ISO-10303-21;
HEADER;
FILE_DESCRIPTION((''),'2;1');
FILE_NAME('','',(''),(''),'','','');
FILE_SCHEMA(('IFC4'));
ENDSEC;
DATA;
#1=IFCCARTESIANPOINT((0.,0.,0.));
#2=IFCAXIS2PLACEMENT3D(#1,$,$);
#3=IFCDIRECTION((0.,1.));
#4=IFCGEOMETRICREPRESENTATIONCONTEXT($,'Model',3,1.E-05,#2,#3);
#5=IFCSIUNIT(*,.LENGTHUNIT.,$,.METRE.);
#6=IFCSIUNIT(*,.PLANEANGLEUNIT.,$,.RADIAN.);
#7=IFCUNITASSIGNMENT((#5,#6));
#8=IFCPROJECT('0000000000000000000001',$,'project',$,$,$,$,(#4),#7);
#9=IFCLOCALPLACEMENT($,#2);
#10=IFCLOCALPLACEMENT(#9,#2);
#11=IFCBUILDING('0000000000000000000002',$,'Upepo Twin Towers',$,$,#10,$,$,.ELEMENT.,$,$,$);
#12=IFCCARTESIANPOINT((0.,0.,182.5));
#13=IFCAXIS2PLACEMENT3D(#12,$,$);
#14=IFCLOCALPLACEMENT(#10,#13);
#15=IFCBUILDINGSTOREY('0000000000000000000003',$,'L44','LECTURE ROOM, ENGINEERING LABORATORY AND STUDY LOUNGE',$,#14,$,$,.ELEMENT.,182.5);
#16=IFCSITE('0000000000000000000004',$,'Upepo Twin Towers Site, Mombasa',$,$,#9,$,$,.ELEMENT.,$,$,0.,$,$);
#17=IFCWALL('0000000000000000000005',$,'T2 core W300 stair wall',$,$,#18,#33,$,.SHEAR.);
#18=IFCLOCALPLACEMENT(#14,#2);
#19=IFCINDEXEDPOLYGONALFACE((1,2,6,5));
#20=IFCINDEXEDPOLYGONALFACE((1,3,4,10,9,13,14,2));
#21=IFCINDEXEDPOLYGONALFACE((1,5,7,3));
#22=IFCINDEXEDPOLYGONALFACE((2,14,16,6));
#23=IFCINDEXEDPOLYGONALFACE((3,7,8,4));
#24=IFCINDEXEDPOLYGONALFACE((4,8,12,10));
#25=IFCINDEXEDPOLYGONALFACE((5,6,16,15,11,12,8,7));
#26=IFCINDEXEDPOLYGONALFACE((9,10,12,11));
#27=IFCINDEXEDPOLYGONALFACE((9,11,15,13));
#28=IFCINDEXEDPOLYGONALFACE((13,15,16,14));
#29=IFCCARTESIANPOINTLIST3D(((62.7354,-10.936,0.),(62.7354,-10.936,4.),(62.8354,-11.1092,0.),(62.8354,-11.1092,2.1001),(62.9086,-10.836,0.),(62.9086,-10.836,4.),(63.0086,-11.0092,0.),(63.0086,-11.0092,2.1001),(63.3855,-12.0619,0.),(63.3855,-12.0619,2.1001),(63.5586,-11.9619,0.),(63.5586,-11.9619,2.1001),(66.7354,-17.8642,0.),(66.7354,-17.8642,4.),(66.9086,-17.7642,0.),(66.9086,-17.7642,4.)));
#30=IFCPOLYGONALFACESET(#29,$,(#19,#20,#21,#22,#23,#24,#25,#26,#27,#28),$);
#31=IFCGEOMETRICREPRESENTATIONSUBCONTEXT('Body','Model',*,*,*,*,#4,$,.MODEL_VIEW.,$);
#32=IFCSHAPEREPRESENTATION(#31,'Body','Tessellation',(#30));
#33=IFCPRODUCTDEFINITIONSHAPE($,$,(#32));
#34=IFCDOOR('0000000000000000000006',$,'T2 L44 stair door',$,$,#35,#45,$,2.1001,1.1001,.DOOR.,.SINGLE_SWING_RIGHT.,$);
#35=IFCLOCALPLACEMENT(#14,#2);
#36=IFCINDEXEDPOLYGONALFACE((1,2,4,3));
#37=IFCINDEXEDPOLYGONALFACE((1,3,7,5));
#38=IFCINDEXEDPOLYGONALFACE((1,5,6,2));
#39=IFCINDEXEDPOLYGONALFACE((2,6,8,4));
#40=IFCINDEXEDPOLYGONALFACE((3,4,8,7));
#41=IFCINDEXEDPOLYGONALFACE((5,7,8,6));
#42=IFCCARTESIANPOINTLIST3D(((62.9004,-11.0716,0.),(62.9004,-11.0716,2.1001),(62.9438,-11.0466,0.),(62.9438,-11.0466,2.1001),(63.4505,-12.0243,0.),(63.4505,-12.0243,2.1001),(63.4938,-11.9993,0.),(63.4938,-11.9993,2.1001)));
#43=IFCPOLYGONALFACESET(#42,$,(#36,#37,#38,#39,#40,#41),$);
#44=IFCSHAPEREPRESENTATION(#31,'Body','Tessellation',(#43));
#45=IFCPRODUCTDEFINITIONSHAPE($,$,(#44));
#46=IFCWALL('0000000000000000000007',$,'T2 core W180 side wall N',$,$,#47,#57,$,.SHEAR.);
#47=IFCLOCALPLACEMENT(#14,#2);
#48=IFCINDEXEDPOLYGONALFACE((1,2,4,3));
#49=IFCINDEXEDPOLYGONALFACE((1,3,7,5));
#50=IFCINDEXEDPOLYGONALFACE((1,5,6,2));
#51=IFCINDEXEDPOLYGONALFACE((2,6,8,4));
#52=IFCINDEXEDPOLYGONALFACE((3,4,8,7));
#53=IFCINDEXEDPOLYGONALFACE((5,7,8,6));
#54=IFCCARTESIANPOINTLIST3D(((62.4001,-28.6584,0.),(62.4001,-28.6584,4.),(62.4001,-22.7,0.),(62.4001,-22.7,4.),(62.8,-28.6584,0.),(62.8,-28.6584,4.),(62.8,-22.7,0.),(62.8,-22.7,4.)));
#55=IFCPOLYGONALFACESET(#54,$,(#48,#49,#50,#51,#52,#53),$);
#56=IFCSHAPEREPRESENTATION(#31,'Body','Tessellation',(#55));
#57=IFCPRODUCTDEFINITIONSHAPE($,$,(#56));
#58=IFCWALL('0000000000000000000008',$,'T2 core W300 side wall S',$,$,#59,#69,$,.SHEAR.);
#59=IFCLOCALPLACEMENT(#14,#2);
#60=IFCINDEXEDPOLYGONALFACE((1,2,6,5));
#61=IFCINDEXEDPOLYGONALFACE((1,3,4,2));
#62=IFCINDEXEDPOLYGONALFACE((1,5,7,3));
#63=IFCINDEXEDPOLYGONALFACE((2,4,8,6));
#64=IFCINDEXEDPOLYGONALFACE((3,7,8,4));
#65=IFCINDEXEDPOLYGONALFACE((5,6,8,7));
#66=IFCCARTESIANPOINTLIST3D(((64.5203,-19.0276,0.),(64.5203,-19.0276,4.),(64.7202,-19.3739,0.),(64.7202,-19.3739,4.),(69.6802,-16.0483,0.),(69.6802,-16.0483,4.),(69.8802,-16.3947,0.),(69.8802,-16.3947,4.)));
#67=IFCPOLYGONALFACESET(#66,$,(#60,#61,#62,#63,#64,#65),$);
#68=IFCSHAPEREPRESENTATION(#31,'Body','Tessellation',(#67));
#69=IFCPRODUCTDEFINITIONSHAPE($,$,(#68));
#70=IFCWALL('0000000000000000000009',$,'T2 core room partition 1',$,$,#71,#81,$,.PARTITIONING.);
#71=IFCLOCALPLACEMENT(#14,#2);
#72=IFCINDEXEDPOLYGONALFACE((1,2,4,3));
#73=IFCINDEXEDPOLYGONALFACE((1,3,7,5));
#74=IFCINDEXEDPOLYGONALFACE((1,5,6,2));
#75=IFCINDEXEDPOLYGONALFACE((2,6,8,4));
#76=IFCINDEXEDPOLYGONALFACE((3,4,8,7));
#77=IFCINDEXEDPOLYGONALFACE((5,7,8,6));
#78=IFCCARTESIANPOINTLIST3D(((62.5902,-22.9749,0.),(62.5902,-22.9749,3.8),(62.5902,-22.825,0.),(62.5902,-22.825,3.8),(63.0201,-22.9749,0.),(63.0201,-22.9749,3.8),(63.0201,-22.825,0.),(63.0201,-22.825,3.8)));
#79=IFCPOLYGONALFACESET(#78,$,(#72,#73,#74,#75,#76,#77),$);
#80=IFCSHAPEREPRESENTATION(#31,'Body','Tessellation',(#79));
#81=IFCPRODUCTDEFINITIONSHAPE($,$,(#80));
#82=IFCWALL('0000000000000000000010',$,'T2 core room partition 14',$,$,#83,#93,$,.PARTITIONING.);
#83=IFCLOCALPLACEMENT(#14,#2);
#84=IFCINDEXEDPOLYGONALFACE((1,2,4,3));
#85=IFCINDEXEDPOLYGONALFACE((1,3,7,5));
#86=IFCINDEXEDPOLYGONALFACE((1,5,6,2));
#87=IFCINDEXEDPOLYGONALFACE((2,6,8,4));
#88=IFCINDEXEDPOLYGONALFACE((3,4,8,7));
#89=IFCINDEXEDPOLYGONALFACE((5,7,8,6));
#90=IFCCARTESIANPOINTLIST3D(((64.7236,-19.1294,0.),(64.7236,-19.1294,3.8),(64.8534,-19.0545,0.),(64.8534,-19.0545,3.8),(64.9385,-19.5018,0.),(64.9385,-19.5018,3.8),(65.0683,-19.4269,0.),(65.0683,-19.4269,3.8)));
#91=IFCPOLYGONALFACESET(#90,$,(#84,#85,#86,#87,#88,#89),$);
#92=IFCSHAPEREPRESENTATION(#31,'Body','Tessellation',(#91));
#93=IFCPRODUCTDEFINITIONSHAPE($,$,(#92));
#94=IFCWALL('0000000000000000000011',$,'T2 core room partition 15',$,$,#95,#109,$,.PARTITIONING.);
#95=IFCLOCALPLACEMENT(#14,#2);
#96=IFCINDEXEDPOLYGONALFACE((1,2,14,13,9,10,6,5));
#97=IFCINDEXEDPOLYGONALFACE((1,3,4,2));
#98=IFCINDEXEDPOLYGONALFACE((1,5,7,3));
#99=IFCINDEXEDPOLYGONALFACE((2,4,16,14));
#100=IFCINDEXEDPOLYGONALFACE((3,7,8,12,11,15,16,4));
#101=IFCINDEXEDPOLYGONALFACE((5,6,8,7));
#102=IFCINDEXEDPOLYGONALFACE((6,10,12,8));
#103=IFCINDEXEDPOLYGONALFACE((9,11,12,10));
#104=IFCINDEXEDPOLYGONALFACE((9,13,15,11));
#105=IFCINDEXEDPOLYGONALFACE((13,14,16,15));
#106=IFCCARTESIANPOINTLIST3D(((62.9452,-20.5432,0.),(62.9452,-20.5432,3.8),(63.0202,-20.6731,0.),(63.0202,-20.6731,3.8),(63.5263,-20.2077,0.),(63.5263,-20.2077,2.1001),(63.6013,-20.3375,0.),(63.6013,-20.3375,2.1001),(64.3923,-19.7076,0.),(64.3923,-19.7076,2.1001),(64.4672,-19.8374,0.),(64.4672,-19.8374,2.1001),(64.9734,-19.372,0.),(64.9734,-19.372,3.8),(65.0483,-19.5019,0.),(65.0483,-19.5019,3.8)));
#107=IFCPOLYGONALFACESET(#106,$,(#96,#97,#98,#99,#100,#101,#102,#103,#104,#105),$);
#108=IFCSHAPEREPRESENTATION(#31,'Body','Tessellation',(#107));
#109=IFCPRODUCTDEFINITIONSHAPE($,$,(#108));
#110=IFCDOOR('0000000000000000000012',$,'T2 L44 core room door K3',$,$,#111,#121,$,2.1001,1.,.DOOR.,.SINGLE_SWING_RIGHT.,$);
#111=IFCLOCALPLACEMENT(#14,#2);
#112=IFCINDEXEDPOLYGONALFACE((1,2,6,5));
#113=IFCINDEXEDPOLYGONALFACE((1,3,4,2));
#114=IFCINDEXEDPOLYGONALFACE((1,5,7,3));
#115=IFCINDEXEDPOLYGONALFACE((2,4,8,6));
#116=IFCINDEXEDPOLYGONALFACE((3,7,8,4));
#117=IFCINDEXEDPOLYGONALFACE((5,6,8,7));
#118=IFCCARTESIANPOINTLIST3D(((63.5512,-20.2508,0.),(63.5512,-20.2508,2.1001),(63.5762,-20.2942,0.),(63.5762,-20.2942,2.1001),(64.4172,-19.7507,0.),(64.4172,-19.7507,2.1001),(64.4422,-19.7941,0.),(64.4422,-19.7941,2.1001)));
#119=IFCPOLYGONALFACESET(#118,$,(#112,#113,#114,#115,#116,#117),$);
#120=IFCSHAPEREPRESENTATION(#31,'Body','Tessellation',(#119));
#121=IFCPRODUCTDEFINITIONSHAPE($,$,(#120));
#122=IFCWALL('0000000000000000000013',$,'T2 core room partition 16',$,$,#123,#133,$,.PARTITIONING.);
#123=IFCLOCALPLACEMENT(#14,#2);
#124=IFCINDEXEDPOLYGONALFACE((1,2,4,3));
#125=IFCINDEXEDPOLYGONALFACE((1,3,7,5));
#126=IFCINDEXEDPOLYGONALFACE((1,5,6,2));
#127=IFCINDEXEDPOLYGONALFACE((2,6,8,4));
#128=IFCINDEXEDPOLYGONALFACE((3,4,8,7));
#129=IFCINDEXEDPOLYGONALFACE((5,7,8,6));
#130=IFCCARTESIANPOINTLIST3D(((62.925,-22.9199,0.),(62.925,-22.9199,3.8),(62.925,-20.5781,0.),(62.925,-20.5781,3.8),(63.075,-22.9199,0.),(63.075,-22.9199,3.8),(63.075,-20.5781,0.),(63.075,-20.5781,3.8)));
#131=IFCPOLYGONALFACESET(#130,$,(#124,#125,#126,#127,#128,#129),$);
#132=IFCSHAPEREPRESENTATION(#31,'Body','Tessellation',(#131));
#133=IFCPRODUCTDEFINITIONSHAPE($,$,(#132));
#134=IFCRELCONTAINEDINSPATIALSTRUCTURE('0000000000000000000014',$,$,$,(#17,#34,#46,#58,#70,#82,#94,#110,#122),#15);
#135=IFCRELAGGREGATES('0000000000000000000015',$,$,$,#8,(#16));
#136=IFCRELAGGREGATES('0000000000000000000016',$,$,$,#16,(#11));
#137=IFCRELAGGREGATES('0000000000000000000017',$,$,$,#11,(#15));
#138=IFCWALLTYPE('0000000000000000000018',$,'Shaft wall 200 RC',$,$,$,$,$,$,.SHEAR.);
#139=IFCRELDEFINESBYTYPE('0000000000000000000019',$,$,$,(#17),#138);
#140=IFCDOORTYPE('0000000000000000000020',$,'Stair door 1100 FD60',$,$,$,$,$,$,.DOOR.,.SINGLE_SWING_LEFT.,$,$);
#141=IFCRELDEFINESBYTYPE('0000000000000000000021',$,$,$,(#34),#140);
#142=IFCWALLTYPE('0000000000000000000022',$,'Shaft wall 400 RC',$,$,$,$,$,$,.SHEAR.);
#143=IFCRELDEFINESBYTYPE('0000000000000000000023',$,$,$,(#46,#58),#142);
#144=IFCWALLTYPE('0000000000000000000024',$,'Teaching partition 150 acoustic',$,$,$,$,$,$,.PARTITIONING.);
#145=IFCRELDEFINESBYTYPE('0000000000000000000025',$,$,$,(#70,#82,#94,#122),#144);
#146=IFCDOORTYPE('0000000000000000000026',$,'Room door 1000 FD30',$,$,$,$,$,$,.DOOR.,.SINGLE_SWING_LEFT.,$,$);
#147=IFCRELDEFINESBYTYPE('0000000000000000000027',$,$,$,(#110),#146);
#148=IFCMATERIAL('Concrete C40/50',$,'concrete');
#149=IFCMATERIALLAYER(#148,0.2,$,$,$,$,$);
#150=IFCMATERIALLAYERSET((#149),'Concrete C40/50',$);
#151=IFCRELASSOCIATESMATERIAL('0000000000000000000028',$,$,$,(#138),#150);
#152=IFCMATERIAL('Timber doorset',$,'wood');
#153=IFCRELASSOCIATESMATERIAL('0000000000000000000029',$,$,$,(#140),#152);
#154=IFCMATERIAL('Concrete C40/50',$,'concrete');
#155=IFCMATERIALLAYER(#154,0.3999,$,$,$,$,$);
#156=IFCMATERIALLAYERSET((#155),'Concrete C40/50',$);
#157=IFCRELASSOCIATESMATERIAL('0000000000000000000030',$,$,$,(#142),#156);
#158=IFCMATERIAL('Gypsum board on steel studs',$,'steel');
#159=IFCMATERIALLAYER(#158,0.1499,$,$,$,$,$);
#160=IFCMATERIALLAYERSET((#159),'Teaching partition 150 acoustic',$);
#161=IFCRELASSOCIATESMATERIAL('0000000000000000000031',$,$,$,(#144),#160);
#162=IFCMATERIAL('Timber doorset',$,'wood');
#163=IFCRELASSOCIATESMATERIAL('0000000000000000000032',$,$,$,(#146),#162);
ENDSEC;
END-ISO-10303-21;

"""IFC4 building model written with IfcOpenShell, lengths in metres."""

from ifc_helpers import new_model, si_unit, direction, frame, frame_2d, origin, place, context, subcontext, project, spatial, rectangle, extrude, material, layer, layer_set, type_object, element, fill, save


model = new_model("IFC4")

# Units and contexts
model_context = context("Model", 3, precision=1e-05, world=origin(), true_north=direction((0.0, 1.0)))
body_context = subcontext(model_context, "Body", "Model", "MODEL_VIEW")
ifc_project = project(units=[si_unit("LENGTHUNIT", "METRE"), si_unit("PLANEANGLEUNIT", "RADIAN")], contexts=[model_context])

# Site, building, storey
site_placement = place(None, origin())
site = spatial("IfcSite", under=ifc_project, at=site_placement, Name="Upepo Twin Towers Site, Mombasa", CompositionType="ELEMENT", RefElevation=0.0)
building_placement = place(site_placement, origin())
building = spatial("IfcBuilding", under=site, at=building_placement, Name="Upepo Twin Towers", CompositionType="ELEMENT")
storey_placement = place(building_placement, frame((0.0, 0.0, 182.5)))
storey = spatial("IfcBuildingStorey", under=building, at=storey_placement, Name="L44", Description="LECTURE ROOM, ENGINEERING LABORATORY AND STUDY LOUNGE", CompositionType="ELEMENT", Elevation=182.5)

# Shared definitions
ifc_material_1 = material(Name="Concrete C40/50", Category="concrete")
ifc_layer_1 = layer(ifc_material_1, 0.2)
ifc_layer_set_1 = layer_set([ifc_layer_1], Name="Concrete C40/50")
wall_type_1 = type_object("IfcWallType", Name="Shaft wall 200 RC", PredefinedType="SHEAR", material=ifc_layer_set_1)

# Wall, opening, door
wall_1_placement = place(storey_placement, frame((66.822, -17.8142, 0.0), z_axis=(0.0, 0.0, 1.0), x_axis=(-0.499999, 0.866026, 0.0)))
wall_1 = element("IfcWall", 1, at=wall_1_placement, inside=storey, type_object=wall_type_1, Name="T2 core W300 stair wall", PredefinedType="SHEAR", context=body_context, shape_type="SweptSolid", body=[
    extrude(rectangle(XDim=8.0, YDim=0.2, at=frame_2d((4.0, 0.0))), origin(), (0.0, 0.0, 1.0), 4.0),
])
opening_1_placement = place(wall_1_placement, frame((6.7, 0.0, 0.0)))
opening_1 = element("IfcOpeningElement", 2, at=opening_1_placement, cuts=wall_1, PredefinedType="OPENING", context=body_context, shape_type="SweptSolid", body=[
    extrude(rectangle(XDim=1.1001, YDim=2.1001, at=frame_2d((0.55, 1.05))), frame((0.0, 0.1099, 0.0), z_axis=(0.0, -1.0, 0.0), x_axis=(1.0, 0.0, 0.0)), (0.0, 0.0, 1.0), 0.22),
])
ifc_material_2 = material(Name="Timber doorset", Category="wood")
door_type_1 = type_object("IfcDoorType", Name="Stair door 1100 FD60", OperationType="SINGLE_SWING_LEFT", PredefinedType="DOOR", material=ifc_material_2)
door_1_placement = place(opening_1_placement, origin())
door_1 = element("IfcDoor", 3, at=door_1_placement, inside=storey, type_object=door_type_1, Name="T2 L44 stair door", OperationType="SINGLE_SWING_RIGHT", OverallHeight=2.1001, OverallWidth=1.1001, PredefinedType="DOOR", context=body_context, shape_type="SweptSolid", body=[
    extrude(rectangle(XDim=1.1001, YDim=2.1001, at=frame_2d((0.55, 1.05))), frame((0.0, 0.0249, 0.0), z_axis=(0.0, -1.0, 0.0), x_axis=(1.0, 0.0, 0.0)), (0.0, 0.0, 1.0), 0.05),
])
fill(opening_1, door_1)

# Walls
ifc_material_3 = material(Name="Concrete C40/50", Category="concrete")
ifc_layer_2 = layer(ifc_material_3, 0.3999)
ifc_layer_set_2 = layer_set([ifc_layer_2], Name="Concrete C40/50")
wall_type_2 = type_object("IfcWallType", Name="Shaft wall 400 RC", PredefinedType="SHEAR", material=ifc_layer_set_2)
wall_2_placement = place(storey_placement, frame((62.6001, -22.7, 0.0), z_axis=(0.0, 0.0, 1.0), x_axis=(0.0, -1.0, 0.0)))
element("IfcWall", 4, at=wall_2_placement, inside=storey, type_object=wall_type_2, Name="T2 core W180 side wall N", PredefinedType="SHEAR", context=body_context, shape_type="SweptSolid", body=[
    extrude(rectangle(XDim=5.9585, YDim=0.3999, at=frame_2d((2.9792, 0.0))), origin(), (0.0, 0.0, 1.0), 4.0),
])
wall_3_placement = place(storey_placement, frame((64.6204, -19.2007, 0.0), z_axis=(0.0, 0.0, 1.0), x_axis=(0.866013, 0.500022, 0.0)))
element("IfcWall", 5, at=wall_3_placement, inside=storey, type_object=wall_type_2, Name="T2 core W300 side wall S", PredefinedType="SHEAR", context=body_context, shape_type="SweptSolid", body=[
    extrude(rectangle(XDim=5.9583, YDim=0.3999, at=frame_2d((2.979, 0.0))), origin(), (0.0, 0.0, 1.0), 4.0),
])
ifc_material_4 = material(Name="Gypsum board on steel studs", Category="steel")
ifc_layer_3 = layer(ifc_material_4, 0.1499)
ifc_layer_set_3 = layer_set([ifc_layer_3], Name="Teaching partition 150 acoustic")
wall_type_3 = type_object("IfcWallType", Name="Teaching partition 150 acoustic", PredefinedType="PARTITIONING", material=ifc_layer_set_3)
for number, where, z_axis, x_axis, name in (
    (6, (63.02, -22.8999, 0.0), (0.0, 0.0, 1.0), (-1.0, 0.0, 0.0), "T2 core room partition 1"),
    (7, (64.7886, -19.092, 0.0), (0.0, 0.0, 1.0), (0.499804, -0.866138, 0.0), "T2 core room partition 14"),
):
    element("IfcWall", number, at=place(storey_placement, frame(where, z_axis=z_axis, x_axis=x_axis)), inside=storey, type_object=wall_type_3, Name=name, PredefinedType="PARTITIONING", context=body_context, shape_type="SweptSolid", body=[
        extrude(rectangle(XDim=0.4299, YDim=0.1499, at=frame_2d((0.2148, 0.0))), origin(), (0.0, 0.0, 1.0), 3.8),
    ])

# Wall, opening, door
wall_4_placement = place(storey_placement, frame((65.0107, -19.437, 0.0), z_axis=(0.0, 0.0, 1.0), x_axis=(-0.865982, -0.500074, 0.0)))
wall_4 = element("IfcWall", 8, at=wall_4_placement, inside=storey, type_object=wall_type_3, Name="T2 core room partition 15", PredefinedType="PARTITIONING", context=body_context, shape_type="SweptSolid", body=[
    extrude(rectangle(XDim=2.342, YDim=0.1499, at=frame_2d((1.1709, 0.0))), origin(), (0.0, 0.0, 1.0), 3.8),
])
opening_2_placement = place(wall_4_placement, frame((0.6709, 0.0, 0.0)))
opening_2 = element("IfcOpeningElement", 9, at=opening_2_placement, cuts=wall_4, PredefinedType="OPENING", context=body_context, shape_type="SweptSolid", body=[
    extrude(rectangle(XDim=1.0, YDim=2.1001, at=frame_2d((0.5, 1.05))), frame((0.0, 0.085, 0.0), z_axis=(0.0, -1.0, 0.0), x_axis=(1.0, 0.0, 0.0)), (0.0, 0.0, 1.0), 0.1699),
])
ifc_material_5 = material(Name="Timber doorset", Category="wood")
door_type_2 = type_object("IfcDoorType", Name="Room door 1000 FD30", OperationType="SINGLE_SWING_LEFT", PredefinedType="DOOR", material=ifc_material_5)
door_2_placement = place(opening_2_placement, origin())
door_2 = element("IfcDoor", 10, at=door_2_placement, inside=storey, type_object=door_type_2, Name="T2 L44 core room door K3", OperationType="SINGLE_SWING_RIGHT", OverallHeight=2.1001, OverallWidth=1.0, PredefinedType="DOOR", context=body_context, shape_type="SweptSolid", body=[
    extrude(rectangle(XDim=1.0, YDim=2.1001, at=frame_2d((0.5, 1.05))), frame((0.0, 0.0249, 0.0), z_axis=(0.0, -1.0, 0.0), x_axis=(1.0, 0.0, 0.0)), (0.0, 0.0, 1.0), 0.05),
])
fill(opening_2, door_2)

# Wall
wall_5_placement = place(storey_placement, frame((63.0, -20.5781, 0.0), z_axis=(0.0, 0.0, 1.0), x_axis=(0.0, -1.0, 0.0)))
element("IfcWall", 11, at=wall_5_placement, inside=storey, type_object=wall_type_3, Name="T2 core room partition 16", PredefinedType="PARTITIONING", context=body_context, shape_type="SweptSolid", body=[
    extrude(rectangle(XDim=2.3418, YDim=0.1499, at=frame_2d((1.1709, 0.0))), origin(), (0.0, 0.0, 1.0), 3.8),
])

save(model, "model.ifc")
